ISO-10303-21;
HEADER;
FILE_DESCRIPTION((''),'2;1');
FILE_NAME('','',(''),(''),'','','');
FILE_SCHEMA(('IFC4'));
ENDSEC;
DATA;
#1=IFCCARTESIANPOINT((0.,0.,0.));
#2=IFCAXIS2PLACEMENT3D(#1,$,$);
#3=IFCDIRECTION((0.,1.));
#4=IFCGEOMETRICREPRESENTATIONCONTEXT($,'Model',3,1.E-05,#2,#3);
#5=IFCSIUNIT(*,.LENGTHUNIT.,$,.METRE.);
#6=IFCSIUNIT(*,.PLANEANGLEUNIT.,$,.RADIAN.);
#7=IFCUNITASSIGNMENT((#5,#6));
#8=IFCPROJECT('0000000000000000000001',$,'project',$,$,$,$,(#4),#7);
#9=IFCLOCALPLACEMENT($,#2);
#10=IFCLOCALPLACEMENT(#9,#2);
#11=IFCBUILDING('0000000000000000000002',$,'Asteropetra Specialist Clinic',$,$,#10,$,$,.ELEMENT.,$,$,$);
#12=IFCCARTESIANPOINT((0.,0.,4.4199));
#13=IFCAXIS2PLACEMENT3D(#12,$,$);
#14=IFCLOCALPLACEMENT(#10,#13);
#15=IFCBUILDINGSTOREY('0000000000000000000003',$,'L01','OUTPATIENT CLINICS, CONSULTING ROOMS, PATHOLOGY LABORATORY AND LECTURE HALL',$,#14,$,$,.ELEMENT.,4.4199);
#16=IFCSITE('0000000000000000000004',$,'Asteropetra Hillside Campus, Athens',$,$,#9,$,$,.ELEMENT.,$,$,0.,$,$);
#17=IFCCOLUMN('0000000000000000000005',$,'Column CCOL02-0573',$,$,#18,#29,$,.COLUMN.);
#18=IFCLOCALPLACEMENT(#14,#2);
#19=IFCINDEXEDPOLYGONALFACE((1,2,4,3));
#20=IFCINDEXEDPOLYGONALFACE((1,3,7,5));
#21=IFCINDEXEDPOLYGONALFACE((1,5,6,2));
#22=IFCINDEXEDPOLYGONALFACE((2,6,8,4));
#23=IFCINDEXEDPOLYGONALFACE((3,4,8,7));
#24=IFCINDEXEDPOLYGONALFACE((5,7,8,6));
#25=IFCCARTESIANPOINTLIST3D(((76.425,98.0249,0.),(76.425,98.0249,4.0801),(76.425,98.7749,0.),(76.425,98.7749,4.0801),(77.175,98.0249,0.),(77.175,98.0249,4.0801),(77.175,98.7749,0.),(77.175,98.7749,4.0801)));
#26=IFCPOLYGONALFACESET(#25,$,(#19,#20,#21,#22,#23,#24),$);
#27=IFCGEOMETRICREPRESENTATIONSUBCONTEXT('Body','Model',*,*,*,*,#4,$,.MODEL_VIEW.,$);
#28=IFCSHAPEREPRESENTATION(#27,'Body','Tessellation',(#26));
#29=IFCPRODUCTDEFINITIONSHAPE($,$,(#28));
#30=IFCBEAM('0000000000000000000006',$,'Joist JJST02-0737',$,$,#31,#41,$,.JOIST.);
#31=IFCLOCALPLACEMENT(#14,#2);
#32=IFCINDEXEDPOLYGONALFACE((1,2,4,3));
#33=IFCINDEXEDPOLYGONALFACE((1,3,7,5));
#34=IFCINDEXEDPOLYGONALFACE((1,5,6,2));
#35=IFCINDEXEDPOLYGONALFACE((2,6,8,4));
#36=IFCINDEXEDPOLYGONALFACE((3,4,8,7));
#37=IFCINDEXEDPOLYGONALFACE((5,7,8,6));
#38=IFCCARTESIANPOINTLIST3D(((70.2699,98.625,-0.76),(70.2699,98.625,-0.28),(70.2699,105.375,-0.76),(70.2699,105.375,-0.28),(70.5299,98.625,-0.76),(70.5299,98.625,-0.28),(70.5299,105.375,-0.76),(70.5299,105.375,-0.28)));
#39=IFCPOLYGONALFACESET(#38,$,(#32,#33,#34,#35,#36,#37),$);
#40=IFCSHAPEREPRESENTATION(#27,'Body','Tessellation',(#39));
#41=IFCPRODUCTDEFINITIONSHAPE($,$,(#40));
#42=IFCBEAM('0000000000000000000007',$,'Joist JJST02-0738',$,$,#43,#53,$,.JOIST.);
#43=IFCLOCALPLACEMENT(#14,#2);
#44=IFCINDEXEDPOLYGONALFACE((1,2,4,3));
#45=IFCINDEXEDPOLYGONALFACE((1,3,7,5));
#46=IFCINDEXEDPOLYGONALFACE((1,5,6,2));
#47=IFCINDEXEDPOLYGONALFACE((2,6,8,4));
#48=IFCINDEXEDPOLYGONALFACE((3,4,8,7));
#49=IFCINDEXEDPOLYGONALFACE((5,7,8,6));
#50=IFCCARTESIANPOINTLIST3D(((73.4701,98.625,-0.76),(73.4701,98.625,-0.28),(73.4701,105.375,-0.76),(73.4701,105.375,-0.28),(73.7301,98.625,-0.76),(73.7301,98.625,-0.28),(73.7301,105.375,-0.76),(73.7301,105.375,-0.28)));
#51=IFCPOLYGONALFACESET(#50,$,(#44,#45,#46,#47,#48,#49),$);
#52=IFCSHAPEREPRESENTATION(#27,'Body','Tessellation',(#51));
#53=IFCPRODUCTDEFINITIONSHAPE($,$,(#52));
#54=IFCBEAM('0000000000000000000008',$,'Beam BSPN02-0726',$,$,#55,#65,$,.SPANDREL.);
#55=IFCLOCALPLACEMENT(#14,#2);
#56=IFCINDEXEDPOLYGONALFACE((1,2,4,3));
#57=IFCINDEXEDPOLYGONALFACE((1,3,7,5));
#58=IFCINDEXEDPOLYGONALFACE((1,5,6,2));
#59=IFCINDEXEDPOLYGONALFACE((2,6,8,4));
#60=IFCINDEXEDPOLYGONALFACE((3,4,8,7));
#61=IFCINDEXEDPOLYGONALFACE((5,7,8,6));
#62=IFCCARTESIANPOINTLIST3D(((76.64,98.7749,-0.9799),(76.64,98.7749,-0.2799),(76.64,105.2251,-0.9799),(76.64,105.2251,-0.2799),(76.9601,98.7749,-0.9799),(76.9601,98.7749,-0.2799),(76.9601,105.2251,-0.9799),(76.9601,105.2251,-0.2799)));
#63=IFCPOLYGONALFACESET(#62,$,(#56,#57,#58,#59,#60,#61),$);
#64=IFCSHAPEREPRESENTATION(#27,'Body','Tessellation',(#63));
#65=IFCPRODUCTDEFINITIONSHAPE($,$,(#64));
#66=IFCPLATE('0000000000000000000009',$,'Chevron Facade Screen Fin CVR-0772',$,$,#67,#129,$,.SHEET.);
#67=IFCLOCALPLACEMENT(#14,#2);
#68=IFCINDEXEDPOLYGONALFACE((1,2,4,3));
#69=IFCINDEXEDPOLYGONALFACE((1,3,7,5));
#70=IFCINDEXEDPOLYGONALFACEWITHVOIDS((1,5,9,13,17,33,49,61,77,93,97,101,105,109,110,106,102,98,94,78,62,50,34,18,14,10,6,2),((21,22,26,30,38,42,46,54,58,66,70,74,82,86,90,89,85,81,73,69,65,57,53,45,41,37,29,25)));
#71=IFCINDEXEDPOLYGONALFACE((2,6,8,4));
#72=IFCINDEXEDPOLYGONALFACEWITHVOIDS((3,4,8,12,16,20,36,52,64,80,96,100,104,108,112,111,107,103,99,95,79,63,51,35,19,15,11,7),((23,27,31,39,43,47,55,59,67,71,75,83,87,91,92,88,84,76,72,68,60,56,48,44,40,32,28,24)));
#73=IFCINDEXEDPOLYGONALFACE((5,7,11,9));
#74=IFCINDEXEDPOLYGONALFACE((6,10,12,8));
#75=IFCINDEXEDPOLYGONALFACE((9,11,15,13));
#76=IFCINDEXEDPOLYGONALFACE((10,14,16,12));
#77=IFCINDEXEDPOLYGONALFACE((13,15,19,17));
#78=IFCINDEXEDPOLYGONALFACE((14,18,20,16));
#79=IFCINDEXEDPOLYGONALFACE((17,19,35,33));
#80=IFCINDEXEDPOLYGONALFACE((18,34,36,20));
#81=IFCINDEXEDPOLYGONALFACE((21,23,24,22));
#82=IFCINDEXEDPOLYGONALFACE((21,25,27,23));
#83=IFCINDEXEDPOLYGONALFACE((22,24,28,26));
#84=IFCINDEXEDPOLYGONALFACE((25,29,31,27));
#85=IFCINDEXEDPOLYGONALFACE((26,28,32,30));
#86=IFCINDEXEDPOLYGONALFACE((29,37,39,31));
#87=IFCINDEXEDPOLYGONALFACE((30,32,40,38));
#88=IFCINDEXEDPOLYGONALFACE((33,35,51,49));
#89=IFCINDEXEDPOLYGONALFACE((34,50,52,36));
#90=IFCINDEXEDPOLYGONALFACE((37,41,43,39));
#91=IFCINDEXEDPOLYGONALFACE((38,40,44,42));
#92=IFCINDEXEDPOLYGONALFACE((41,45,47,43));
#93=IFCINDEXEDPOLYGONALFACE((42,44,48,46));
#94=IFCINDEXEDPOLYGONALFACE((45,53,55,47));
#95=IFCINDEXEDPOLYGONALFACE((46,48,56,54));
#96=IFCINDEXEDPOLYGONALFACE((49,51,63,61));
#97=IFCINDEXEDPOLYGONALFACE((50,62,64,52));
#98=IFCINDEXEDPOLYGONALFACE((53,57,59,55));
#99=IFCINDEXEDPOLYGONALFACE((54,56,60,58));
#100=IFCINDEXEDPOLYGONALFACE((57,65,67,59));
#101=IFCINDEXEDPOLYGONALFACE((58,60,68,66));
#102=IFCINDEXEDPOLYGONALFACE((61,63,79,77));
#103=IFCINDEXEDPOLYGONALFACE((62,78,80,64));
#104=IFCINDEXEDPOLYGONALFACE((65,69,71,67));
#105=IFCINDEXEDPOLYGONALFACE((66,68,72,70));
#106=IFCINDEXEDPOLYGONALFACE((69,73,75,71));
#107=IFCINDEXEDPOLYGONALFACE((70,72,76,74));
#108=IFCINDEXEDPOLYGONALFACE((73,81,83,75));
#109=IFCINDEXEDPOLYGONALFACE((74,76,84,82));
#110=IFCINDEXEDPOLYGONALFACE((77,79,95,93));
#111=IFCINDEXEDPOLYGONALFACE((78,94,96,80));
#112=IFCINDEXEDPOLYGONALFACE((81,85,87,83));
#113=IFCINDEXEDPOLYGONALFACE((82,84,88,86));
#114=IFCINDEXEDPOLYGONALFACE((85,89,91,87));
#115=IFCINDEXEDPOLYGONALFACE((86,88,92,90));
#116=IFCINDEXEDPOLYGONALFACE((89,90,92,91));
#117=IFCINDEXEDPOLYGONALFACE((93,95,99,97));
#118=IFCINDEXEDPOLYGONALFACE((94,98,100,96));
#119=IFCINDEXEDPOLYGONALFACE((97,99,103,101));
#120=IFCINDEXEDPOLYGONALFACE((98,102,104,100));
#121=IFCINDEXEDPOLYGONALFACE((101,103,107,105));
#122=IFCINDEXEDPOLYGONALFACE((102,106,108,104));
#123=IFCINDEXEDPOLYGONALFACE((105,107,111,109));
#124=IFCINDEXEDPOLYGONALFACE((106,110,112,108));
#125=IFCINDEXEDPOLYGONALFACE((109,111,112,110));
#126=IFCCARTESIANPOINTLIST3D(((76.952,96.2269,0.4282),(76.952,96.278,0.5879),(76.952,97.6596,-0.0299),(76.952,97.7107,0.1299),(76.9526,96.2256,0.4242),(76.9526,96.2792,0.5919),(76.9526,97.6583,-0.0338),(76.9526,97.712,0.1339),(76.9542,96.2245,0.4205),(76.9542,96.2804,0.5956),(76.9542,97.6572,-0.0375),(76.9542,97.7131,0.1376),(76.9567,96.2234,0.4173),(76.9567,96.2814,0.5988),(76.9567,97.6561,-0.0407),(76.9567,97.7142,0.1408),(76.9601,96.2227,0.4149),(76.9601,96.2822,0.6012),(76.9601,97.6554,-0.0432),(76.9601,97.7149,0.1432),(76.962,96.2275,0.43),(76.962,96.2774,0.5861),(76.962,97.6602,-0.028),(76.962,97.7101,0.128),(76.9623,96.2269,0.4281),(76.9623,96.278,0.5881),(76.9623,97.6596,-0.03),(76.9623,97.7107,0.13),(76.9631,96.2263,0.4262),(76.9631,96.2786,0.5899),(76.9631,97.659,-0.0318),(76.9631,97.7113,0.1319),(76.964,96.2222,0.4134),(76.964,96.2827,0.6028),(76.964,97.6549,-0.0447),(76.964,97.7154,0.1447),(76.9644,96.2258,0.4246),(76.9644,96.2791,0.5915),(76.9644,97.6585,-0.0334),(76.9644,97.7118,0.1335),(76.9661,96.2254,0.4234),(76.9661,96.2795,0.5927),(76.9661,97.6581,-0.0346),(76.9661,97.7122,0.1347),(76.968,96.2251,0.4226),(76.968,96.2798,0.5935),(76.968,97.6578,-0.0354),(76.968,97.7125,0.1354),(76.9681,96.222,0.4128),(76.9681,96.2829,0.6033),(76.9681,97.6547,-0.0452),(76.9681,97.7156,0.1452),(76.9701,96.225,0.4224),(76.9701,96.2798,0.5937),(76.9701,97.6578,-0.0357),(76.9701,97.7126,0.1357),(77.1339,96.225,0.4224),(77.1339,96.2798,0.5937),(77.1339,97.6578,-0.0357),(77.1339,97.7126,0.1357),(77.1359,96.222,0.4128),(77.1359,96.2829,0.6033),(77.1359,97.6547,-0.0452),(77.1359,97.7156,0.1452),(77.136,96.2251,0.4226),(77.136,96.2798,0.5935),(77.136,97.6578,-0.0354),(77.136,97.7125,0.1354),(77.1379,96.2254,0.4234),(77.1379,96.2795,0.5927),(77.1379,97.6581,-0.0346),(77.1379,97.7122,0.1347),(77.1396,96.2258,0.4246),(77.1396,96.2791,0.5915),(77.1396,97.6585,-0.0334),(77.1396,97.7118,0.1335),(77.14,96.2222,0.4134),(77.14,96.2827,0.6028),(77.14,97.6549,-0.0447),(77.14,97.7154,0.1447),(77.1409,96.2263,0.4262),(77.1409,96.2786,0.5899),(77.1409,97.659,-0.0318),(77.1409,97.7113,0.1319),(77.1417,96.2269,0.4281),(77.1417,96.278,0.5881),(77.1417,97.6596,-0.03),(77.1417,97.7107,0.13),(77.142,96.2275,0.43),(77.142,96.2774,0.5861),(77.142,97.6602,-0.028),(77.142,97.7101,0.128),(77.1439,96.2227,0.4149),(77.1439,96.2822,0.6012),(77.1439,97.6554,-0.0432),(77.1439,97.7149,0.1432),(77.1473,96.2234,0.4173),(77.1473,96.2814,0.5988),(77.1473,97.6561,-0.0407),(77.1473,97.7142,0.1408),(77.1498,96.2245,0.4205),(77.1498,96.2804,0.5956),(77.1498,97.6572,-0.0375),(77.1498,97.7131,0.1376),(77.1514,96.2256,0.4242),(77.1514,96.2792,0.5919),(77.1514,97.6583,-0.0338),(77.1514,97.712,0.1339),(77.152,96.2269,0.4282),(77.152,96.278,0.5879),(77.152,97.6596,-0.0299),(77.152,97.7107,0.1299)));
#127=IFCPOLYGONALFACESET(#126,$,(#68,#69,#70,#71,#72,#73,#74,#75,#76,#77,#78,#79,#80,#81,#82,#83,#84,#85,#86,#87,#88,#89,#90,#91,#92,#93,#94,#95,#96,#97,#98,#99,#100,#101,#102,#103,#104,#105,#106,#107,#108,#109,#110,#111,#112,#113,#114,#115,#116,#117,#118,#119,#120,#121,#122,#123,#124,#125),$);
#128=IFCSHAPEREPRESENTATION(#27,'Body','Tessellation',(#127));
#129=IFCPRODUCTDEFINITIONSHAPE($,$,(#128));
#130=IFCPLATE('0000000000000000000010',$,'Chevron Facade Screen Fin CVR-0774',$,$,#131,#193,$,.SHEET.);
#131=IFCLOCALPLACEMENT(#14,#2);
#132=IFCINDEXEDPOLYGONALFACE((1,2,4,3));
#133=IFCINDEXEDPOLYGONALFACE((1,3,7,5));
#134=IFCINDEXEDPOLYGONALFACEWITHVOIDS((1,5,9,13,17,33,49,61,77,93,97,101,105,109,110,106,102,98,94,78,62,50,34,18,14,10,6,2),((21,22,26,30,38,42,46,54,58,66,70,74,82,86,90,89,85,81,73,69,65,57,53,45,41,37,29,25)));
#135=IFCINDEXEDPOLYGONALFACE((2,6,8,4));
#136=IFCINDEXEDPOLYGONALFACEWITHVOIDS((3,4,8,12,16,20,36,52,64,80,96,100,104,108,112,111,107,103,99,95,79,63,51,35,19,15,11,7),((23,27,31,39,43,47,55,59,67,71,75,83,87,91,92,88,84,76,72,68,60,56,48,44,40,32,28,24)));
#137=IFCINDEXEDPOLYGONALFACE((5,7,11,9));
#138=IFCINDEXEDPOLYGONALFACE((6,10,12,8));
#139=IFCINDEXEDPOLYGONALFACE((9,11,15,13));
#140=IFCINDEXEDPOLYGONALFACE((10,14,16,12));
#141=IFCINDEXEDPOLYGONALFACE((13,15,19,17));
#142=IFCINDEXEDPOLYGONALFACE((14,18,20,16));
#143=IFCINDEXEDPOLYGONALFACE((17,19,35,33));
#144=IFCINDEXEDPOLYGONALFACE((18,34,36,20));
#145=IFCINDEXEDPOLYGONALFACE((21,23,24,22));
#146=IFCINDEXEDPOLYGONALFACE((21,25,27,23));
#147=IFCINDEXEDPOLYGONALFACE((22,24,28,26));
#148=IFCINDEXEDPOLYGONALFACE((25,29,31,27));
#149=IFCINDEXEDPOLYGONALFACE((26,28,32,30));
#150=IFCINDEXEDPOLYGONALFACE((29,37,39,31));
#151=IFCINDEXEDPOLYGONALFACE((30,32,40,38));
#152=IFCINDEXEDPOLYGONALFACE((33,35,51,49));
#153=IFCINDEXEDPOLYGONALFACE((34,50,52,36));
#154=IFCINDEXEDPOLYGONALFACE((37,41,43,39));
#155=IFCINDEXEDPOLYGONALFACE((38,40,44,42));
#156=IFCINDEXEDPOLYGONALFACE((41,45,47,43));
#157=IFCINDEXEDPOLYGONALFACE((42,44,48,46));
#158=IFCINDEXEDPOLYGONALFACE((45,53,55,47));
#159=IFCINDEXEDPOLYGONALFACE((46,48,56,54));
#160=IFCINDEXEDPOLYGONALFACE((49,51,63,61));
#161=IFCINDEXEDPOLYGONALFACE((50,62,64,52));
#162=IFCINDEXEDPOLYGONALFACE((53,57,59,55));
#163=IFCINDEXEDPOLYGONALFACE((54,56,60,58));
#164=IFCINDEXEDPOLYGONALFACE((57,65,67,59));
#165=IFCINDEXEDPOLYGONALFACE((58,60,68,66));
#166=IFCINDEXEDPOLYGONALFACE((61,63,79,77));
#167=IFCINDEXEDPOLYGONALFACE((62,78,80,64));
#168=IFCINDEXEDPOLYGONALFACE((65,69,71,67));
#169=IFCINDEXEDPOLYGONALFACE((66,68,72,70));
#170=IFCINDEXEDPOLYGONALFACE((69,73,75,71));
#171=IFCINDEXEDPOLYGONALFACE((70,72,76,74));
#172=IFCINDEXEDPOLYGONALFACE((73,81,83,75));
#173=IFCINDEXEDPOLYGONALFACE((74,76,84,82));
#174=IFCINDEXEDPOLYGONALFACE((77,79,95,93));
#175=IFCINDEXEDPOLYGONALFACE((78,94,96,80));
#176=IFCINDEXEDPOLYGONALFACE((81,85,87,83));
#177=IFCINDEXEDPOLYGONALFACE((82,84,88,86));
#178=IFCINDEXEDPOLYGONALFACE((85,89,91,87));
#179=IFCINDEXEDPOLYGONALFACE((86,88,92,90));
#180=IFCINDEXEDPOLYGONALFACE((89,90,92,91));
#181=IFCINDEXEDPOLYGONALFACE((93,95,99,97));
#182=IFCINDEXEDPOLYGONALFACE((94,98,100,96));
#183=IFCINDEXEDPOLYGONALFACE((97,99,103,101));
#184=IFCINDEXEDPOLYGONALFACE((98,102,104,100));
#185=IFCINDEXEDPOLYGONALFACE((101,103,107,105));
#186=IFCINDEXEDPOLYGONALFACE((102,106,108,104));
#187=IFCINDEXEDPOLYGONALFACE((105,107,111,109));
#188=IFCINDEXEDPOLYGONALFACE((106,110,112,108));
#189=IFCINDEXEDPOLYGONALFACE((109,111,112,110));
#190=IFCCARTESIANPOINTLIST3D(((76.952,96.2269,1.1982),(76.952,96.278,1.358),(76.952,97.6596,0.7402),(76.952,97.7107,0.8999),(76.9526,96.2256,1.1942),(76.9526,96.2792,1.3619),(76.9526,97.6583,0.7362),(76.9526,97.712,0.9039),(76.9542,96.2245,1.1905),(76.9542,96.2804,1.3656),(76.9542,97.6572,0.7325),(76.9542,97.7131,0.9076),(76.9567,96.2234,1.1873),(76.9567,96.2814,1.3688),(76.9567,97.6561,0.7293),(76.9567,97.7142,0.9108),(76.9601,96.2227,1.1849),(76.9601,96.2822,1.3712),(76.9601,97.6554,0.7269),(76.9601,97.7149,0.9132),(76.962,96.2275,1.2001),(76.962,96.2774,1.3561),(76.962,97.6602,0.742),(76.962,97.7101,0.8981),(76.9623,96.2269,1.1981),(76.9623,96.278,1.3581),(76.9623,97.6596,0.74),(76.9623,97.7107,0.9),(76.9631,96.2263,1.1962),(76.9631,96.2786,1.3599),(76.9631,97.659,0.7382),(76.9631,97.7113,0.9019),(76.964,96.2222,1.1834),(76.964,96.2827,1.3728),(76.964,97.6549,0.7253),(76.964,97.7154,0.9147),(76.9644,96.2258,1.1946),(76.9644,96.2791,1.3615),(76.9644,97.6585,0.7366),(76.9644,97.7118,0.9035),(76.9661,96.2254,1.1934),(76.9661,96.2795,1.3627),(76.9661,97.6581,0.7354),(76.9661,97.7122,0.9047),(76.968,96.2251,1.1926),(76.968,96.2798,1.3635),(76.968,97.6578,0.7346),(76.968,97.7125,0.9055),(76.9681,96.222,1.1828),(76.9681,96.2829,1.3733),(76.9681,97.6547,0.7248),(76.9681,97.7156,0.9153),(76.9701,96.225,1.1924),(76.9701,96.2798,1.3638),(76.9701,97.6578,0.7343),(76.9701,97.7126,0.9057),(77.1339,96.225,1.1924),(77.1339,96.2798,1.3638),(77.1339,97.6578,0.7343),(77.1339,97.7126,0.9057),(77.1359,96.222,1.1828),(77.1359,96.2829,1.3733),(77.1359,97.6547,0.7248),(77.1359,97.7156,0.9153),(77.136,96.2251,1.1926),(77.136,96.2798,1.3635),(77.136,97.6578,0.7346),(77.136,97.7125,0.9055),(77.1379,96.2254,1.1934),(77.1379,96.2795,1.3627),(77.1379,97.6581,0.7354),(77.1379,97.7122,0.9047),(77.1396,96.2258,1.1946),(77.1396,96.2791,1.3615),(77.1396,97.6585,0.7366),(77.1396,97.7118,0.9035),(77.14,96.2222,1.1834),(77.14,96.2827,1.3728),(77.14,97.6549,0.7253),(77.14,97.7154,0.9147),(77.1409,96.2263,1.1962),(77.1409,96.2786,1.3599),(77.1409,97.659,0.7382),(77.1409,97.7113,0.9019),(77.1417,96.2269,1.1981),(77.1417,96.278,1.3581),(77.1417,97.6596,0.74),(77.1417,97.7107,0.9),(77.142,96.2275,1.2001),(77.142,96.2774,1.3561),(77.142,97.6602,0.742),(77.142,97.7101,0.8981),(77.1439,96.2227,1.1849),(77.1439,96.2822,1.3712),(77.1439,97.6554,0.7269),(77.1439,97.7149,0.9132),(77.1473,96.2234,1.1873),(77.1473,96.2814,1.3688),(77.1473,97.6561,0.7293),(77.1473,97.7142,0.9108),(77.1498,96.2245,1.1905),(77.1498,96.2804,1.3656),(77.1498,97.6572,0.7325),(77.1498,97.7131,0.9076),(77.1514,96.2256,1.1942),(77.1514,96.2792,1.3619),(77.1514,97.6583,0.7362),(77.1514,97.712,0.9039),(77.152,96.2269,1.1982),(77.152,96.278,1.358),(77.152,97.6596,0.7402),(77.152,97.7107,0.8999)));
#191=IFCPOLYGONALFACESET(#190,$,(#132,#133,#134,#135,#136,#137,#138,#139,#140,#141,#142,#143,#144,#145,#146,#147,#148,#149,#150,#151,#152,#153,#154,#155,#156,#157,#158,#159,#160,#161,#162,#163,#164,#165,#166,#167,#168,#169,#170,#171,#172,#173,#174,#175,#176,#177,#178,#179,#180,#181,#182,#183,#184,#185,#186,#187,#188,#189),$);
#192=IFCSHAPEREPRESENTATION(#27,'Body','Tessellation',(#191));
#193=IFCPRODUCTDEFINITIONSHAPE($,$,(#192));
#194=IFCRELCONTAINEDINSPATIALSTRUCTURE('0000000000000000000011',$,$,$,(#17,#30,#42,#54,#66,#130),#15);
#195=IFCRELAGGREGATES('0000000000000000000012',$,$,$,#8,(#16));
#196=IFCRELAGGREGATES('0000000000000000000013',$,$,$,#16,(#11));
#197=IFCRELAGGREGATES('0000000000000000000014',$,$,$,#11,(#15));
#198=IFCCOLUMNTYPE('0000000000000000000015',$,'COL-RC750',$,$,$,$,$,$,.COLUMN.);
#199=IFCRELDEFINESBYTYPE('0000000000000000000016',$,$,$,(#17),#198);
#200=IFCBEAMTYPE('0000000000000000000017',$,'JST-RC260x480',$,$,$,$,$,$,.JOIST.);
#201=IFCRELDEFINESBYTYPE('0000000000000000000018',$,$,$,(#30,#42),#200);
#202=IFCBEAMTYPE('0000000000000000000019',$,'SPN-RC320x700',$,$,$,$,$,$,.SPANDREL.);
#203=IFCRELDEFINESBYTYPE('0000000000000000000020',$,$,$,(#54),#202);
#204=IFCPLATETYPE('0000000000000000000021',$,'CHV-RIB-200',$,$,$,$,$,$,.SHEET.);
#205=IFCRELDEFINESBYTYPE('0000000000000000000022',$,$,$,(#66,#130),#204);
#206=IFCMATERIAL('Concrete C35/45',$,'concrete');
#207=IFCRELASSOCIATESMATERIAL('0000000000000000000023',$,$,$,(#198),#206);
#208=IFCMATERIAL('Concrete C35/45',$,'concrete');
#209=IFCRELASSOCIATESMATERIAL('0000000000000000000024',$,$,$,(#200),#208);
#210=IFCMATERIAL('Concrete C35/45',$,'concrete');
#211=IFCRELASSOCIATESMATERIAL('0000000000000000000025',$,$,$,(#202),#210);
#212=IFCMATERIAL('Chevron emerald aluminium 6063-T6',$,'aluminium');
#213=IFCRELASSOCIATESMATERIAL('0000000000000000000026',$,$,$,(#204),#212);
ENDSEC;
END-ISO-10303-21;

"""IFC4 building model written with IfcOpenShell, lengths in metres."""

from ifc_helpers import new_model, si_unit, direction, frame, origin, origin_2d, place, context, subcontext, project, spatial, rectangle, hollow_rectangle, extrude, material, material_profile, profile_set, type_object, element, save


model = new_model("IFC4")

# Units and contexts
model_context = context("Model", 3, precision=1e-05, world=origin(), true_north=direction((0.0, 1.0)))
body_context = subcontext(model_context, "Body", "Model", "MODEL_VIEW")
ifc_project = project(units=[si_unit("LENGTHUNIT", "METRE"), si_unit("PLANEANGLEUNIT", "RADIAN")], contexts=[model_context])

# Site, building, storey
site_placement = place(None, origin())
site = spatial("IfcSite", under=ifc_project, at=site_placement, Name="Asteropetra Hillside Campus, Athens", CompositionType="ELEMENT", RefElevation=0.0)
building_placement = place(site_placement, origin())
building = spatial("IfcBuilding", under=site, at=building_placement, Name="Asteropetra Specialist Clinic", CompositionType="ELEMENT")
storey_placement = place(building_placement, frame((0.0, 0.0, 4.4199)))
storey = spatial("IfcBuildingStorey", under=building, at=storey_placement, Name="L01", Description="OUTPATIENT CLINICS, CONSULTING ROOMS, PATHOLOGY LABORATORY AND LECTURE HALL", CompositionType="ELEMENT", Elevation=4.4199)

# Column
ifc_material_1 = material(Name="Concrete C35/45", Category="concrete")
ifc_material_profile_1 = material_profile(ifc_material_1, rectangle(XDim=0.75, YDim=0.75, at=origin_2d()), Name="RC 750x750")
ifc_profile_set_1 = profile_set([ifc_material_profile_1], Name="Concrete C35/45")
column_type = type_object("IfcColumnType", Name="COL-RC750", PredefinedType="COLUMN", material=ifc_profile_set_1)
column_placement = place(storey_placement, frame((76.8, 98.3999, 0.0), z_axis=(0.0, 0.0, 1.0), x_axis=(1.0, 0.0, 0.0)))
element("IfcColumn", 1, at=column_placement, inside=storey, type_object=column_type, Name="Column CCOL02-0573", PredefinedType="COLUMN", context=body_context, shape_type="SweptSolid", body=[
    extrude(rectangle(XDim=0.75, YDim=0.75, at=origin_2d()), origin(), (0.0, 0.0, 1.0), 4.0801),
])

# Beams
ifc_material_2 = material(Name="Concrete C35/45", Category="concrete")
ifc_material_profile_2 = material_profile(ifc_material_2, rectangle(XDim=0.26, YDim=0.48, at=origin_2d()), Name="RCJ 260x480")
ifc_profile_set_2 = profile_set([ifc_material_profile_2], Name="Concrete C35/45")
beam_type_1 = type_object("IfcBeamType", Name="JST-RC260x480", PredefinedType="JOIST", material=ifc_profile_set_2)
for number, where, z_axis, x_axis, name in (
    (2, (70.3999, 98.625, -0.52), (0.0, 1.0, 0.0), (-1.0, 0.0, 0.0), "Joist JJST02-0737"),
    (3, (73.6001, 98.625, -0.52), (0.0, 1.0, 0.0), (-1.0, 0.0, 0.0), "Joist JJST02-0738"),
):
    element("IfcBeam", number, at=place(storey_placement, frame(where, z_axis=z_axis, x_axis=x_axis)), inside=storey, type_object=beam_type_1, Name=name, PredefinedType="JOIST", context=body_context, shape_type="SweptSolid", body=[
        extrude(rectangle(XDim=0.26, YDim=0.48, at=origin_2d()), origin(), (0.0, 0.0, 1.0), 6.75),
    ])
ifc_material_3 = material(Name="Concrete C35/45", Category="concrete")
ifc_material_profile_3 = material_profile(ifc_material_3, rectangle(XDim=0.3201, YDim=0.7, at=origin_2d()), Name="RCS 320x700")
ifc_profile_set_3 = profile_set([ifc_material_profile_3], Name="Concrete C35/45")
beam_type_2 = type_object("IfcBeamType", Name="SPN-RC320x700", PredefinedType="SPANDREL", material=ifc_profile_set_3)
beam_placement = place(storey_placement, frame((76.8, 98.7749, -0.6299), z_axis=(0.0, 1.0, 0.0), x_axis=(-1.0, 0.0, 0.0)))
element("IfcBeam", 4, at=beam_placement, inside=storey, type_object=beam_type_2, Name="Beam BSPN02-0726", PredefinedType="SPANDREL", context=body_context, shape_type="SweptSolid", body=[
    extrude(rectangle(XDim=0.3201, YDim=0.7, at=origin_2d()), origin(), (0.0, 0.0, 1.0), 6.4502),
])

# Plates
ifc_material_4 = material(Name="Chevron emerald aluminium 6063-T6", Category="aluminium")
ifc_material_profile_4 = material_profile(ifc_material_4, hollow_rectangle(XDim=0.2, YDim=0.2, WallThickness=0.01, InnerFilletRadius=0.0081, OuterFilletRadius=0.0161, at=origin_2d()), Name="SHS 200x200x10.0")
ifc_profile_set_4 = profile_set([ifc_material_profile_4], Name="Chevron emerald aluminium 6063-T6")
plate_type_1 = type_object("IfcPlateType", Name="CHV-RIB-200", PredefinedType="SHEET", material=ifc_profile_set_4)
for number, where, z_axis, x_axis, name in (
    (5, (77.052, 96.2524, 0.5081), (0.0, 0.952507, -0.304517), (-1.0, 0.0, 0.0), "Chevron Facade Screen Fin CVR-0772"),
    (6, (77.052, 96.2524, 1.2781), (0.0, 0.952507, -0.304517), (-1.0, 0.0, 0.0), "Chevron Facade Screen Fin CVR-0774"),
):
    element("IfcPlate", number, at=place(storey_placement, frame(where, z_axis=z_axis, x_axis=x_axis)), inside=storey, type_object=plate_type_1, Name=name, PredefinedType="SHEET", context=body_context, shape_type="SweptSolid", body=[
        extrude(hollow_rectangle(XDim=0.2, YDim=0.2, WallThickness=0.01, InnerFilletRadius=0.0081, OuterFilletRadius=0.0161, at=origin_2d()), origin(), (0.0, 0.0, 1.0), 1.5042),
    ])

save(model, "model.ifc")
